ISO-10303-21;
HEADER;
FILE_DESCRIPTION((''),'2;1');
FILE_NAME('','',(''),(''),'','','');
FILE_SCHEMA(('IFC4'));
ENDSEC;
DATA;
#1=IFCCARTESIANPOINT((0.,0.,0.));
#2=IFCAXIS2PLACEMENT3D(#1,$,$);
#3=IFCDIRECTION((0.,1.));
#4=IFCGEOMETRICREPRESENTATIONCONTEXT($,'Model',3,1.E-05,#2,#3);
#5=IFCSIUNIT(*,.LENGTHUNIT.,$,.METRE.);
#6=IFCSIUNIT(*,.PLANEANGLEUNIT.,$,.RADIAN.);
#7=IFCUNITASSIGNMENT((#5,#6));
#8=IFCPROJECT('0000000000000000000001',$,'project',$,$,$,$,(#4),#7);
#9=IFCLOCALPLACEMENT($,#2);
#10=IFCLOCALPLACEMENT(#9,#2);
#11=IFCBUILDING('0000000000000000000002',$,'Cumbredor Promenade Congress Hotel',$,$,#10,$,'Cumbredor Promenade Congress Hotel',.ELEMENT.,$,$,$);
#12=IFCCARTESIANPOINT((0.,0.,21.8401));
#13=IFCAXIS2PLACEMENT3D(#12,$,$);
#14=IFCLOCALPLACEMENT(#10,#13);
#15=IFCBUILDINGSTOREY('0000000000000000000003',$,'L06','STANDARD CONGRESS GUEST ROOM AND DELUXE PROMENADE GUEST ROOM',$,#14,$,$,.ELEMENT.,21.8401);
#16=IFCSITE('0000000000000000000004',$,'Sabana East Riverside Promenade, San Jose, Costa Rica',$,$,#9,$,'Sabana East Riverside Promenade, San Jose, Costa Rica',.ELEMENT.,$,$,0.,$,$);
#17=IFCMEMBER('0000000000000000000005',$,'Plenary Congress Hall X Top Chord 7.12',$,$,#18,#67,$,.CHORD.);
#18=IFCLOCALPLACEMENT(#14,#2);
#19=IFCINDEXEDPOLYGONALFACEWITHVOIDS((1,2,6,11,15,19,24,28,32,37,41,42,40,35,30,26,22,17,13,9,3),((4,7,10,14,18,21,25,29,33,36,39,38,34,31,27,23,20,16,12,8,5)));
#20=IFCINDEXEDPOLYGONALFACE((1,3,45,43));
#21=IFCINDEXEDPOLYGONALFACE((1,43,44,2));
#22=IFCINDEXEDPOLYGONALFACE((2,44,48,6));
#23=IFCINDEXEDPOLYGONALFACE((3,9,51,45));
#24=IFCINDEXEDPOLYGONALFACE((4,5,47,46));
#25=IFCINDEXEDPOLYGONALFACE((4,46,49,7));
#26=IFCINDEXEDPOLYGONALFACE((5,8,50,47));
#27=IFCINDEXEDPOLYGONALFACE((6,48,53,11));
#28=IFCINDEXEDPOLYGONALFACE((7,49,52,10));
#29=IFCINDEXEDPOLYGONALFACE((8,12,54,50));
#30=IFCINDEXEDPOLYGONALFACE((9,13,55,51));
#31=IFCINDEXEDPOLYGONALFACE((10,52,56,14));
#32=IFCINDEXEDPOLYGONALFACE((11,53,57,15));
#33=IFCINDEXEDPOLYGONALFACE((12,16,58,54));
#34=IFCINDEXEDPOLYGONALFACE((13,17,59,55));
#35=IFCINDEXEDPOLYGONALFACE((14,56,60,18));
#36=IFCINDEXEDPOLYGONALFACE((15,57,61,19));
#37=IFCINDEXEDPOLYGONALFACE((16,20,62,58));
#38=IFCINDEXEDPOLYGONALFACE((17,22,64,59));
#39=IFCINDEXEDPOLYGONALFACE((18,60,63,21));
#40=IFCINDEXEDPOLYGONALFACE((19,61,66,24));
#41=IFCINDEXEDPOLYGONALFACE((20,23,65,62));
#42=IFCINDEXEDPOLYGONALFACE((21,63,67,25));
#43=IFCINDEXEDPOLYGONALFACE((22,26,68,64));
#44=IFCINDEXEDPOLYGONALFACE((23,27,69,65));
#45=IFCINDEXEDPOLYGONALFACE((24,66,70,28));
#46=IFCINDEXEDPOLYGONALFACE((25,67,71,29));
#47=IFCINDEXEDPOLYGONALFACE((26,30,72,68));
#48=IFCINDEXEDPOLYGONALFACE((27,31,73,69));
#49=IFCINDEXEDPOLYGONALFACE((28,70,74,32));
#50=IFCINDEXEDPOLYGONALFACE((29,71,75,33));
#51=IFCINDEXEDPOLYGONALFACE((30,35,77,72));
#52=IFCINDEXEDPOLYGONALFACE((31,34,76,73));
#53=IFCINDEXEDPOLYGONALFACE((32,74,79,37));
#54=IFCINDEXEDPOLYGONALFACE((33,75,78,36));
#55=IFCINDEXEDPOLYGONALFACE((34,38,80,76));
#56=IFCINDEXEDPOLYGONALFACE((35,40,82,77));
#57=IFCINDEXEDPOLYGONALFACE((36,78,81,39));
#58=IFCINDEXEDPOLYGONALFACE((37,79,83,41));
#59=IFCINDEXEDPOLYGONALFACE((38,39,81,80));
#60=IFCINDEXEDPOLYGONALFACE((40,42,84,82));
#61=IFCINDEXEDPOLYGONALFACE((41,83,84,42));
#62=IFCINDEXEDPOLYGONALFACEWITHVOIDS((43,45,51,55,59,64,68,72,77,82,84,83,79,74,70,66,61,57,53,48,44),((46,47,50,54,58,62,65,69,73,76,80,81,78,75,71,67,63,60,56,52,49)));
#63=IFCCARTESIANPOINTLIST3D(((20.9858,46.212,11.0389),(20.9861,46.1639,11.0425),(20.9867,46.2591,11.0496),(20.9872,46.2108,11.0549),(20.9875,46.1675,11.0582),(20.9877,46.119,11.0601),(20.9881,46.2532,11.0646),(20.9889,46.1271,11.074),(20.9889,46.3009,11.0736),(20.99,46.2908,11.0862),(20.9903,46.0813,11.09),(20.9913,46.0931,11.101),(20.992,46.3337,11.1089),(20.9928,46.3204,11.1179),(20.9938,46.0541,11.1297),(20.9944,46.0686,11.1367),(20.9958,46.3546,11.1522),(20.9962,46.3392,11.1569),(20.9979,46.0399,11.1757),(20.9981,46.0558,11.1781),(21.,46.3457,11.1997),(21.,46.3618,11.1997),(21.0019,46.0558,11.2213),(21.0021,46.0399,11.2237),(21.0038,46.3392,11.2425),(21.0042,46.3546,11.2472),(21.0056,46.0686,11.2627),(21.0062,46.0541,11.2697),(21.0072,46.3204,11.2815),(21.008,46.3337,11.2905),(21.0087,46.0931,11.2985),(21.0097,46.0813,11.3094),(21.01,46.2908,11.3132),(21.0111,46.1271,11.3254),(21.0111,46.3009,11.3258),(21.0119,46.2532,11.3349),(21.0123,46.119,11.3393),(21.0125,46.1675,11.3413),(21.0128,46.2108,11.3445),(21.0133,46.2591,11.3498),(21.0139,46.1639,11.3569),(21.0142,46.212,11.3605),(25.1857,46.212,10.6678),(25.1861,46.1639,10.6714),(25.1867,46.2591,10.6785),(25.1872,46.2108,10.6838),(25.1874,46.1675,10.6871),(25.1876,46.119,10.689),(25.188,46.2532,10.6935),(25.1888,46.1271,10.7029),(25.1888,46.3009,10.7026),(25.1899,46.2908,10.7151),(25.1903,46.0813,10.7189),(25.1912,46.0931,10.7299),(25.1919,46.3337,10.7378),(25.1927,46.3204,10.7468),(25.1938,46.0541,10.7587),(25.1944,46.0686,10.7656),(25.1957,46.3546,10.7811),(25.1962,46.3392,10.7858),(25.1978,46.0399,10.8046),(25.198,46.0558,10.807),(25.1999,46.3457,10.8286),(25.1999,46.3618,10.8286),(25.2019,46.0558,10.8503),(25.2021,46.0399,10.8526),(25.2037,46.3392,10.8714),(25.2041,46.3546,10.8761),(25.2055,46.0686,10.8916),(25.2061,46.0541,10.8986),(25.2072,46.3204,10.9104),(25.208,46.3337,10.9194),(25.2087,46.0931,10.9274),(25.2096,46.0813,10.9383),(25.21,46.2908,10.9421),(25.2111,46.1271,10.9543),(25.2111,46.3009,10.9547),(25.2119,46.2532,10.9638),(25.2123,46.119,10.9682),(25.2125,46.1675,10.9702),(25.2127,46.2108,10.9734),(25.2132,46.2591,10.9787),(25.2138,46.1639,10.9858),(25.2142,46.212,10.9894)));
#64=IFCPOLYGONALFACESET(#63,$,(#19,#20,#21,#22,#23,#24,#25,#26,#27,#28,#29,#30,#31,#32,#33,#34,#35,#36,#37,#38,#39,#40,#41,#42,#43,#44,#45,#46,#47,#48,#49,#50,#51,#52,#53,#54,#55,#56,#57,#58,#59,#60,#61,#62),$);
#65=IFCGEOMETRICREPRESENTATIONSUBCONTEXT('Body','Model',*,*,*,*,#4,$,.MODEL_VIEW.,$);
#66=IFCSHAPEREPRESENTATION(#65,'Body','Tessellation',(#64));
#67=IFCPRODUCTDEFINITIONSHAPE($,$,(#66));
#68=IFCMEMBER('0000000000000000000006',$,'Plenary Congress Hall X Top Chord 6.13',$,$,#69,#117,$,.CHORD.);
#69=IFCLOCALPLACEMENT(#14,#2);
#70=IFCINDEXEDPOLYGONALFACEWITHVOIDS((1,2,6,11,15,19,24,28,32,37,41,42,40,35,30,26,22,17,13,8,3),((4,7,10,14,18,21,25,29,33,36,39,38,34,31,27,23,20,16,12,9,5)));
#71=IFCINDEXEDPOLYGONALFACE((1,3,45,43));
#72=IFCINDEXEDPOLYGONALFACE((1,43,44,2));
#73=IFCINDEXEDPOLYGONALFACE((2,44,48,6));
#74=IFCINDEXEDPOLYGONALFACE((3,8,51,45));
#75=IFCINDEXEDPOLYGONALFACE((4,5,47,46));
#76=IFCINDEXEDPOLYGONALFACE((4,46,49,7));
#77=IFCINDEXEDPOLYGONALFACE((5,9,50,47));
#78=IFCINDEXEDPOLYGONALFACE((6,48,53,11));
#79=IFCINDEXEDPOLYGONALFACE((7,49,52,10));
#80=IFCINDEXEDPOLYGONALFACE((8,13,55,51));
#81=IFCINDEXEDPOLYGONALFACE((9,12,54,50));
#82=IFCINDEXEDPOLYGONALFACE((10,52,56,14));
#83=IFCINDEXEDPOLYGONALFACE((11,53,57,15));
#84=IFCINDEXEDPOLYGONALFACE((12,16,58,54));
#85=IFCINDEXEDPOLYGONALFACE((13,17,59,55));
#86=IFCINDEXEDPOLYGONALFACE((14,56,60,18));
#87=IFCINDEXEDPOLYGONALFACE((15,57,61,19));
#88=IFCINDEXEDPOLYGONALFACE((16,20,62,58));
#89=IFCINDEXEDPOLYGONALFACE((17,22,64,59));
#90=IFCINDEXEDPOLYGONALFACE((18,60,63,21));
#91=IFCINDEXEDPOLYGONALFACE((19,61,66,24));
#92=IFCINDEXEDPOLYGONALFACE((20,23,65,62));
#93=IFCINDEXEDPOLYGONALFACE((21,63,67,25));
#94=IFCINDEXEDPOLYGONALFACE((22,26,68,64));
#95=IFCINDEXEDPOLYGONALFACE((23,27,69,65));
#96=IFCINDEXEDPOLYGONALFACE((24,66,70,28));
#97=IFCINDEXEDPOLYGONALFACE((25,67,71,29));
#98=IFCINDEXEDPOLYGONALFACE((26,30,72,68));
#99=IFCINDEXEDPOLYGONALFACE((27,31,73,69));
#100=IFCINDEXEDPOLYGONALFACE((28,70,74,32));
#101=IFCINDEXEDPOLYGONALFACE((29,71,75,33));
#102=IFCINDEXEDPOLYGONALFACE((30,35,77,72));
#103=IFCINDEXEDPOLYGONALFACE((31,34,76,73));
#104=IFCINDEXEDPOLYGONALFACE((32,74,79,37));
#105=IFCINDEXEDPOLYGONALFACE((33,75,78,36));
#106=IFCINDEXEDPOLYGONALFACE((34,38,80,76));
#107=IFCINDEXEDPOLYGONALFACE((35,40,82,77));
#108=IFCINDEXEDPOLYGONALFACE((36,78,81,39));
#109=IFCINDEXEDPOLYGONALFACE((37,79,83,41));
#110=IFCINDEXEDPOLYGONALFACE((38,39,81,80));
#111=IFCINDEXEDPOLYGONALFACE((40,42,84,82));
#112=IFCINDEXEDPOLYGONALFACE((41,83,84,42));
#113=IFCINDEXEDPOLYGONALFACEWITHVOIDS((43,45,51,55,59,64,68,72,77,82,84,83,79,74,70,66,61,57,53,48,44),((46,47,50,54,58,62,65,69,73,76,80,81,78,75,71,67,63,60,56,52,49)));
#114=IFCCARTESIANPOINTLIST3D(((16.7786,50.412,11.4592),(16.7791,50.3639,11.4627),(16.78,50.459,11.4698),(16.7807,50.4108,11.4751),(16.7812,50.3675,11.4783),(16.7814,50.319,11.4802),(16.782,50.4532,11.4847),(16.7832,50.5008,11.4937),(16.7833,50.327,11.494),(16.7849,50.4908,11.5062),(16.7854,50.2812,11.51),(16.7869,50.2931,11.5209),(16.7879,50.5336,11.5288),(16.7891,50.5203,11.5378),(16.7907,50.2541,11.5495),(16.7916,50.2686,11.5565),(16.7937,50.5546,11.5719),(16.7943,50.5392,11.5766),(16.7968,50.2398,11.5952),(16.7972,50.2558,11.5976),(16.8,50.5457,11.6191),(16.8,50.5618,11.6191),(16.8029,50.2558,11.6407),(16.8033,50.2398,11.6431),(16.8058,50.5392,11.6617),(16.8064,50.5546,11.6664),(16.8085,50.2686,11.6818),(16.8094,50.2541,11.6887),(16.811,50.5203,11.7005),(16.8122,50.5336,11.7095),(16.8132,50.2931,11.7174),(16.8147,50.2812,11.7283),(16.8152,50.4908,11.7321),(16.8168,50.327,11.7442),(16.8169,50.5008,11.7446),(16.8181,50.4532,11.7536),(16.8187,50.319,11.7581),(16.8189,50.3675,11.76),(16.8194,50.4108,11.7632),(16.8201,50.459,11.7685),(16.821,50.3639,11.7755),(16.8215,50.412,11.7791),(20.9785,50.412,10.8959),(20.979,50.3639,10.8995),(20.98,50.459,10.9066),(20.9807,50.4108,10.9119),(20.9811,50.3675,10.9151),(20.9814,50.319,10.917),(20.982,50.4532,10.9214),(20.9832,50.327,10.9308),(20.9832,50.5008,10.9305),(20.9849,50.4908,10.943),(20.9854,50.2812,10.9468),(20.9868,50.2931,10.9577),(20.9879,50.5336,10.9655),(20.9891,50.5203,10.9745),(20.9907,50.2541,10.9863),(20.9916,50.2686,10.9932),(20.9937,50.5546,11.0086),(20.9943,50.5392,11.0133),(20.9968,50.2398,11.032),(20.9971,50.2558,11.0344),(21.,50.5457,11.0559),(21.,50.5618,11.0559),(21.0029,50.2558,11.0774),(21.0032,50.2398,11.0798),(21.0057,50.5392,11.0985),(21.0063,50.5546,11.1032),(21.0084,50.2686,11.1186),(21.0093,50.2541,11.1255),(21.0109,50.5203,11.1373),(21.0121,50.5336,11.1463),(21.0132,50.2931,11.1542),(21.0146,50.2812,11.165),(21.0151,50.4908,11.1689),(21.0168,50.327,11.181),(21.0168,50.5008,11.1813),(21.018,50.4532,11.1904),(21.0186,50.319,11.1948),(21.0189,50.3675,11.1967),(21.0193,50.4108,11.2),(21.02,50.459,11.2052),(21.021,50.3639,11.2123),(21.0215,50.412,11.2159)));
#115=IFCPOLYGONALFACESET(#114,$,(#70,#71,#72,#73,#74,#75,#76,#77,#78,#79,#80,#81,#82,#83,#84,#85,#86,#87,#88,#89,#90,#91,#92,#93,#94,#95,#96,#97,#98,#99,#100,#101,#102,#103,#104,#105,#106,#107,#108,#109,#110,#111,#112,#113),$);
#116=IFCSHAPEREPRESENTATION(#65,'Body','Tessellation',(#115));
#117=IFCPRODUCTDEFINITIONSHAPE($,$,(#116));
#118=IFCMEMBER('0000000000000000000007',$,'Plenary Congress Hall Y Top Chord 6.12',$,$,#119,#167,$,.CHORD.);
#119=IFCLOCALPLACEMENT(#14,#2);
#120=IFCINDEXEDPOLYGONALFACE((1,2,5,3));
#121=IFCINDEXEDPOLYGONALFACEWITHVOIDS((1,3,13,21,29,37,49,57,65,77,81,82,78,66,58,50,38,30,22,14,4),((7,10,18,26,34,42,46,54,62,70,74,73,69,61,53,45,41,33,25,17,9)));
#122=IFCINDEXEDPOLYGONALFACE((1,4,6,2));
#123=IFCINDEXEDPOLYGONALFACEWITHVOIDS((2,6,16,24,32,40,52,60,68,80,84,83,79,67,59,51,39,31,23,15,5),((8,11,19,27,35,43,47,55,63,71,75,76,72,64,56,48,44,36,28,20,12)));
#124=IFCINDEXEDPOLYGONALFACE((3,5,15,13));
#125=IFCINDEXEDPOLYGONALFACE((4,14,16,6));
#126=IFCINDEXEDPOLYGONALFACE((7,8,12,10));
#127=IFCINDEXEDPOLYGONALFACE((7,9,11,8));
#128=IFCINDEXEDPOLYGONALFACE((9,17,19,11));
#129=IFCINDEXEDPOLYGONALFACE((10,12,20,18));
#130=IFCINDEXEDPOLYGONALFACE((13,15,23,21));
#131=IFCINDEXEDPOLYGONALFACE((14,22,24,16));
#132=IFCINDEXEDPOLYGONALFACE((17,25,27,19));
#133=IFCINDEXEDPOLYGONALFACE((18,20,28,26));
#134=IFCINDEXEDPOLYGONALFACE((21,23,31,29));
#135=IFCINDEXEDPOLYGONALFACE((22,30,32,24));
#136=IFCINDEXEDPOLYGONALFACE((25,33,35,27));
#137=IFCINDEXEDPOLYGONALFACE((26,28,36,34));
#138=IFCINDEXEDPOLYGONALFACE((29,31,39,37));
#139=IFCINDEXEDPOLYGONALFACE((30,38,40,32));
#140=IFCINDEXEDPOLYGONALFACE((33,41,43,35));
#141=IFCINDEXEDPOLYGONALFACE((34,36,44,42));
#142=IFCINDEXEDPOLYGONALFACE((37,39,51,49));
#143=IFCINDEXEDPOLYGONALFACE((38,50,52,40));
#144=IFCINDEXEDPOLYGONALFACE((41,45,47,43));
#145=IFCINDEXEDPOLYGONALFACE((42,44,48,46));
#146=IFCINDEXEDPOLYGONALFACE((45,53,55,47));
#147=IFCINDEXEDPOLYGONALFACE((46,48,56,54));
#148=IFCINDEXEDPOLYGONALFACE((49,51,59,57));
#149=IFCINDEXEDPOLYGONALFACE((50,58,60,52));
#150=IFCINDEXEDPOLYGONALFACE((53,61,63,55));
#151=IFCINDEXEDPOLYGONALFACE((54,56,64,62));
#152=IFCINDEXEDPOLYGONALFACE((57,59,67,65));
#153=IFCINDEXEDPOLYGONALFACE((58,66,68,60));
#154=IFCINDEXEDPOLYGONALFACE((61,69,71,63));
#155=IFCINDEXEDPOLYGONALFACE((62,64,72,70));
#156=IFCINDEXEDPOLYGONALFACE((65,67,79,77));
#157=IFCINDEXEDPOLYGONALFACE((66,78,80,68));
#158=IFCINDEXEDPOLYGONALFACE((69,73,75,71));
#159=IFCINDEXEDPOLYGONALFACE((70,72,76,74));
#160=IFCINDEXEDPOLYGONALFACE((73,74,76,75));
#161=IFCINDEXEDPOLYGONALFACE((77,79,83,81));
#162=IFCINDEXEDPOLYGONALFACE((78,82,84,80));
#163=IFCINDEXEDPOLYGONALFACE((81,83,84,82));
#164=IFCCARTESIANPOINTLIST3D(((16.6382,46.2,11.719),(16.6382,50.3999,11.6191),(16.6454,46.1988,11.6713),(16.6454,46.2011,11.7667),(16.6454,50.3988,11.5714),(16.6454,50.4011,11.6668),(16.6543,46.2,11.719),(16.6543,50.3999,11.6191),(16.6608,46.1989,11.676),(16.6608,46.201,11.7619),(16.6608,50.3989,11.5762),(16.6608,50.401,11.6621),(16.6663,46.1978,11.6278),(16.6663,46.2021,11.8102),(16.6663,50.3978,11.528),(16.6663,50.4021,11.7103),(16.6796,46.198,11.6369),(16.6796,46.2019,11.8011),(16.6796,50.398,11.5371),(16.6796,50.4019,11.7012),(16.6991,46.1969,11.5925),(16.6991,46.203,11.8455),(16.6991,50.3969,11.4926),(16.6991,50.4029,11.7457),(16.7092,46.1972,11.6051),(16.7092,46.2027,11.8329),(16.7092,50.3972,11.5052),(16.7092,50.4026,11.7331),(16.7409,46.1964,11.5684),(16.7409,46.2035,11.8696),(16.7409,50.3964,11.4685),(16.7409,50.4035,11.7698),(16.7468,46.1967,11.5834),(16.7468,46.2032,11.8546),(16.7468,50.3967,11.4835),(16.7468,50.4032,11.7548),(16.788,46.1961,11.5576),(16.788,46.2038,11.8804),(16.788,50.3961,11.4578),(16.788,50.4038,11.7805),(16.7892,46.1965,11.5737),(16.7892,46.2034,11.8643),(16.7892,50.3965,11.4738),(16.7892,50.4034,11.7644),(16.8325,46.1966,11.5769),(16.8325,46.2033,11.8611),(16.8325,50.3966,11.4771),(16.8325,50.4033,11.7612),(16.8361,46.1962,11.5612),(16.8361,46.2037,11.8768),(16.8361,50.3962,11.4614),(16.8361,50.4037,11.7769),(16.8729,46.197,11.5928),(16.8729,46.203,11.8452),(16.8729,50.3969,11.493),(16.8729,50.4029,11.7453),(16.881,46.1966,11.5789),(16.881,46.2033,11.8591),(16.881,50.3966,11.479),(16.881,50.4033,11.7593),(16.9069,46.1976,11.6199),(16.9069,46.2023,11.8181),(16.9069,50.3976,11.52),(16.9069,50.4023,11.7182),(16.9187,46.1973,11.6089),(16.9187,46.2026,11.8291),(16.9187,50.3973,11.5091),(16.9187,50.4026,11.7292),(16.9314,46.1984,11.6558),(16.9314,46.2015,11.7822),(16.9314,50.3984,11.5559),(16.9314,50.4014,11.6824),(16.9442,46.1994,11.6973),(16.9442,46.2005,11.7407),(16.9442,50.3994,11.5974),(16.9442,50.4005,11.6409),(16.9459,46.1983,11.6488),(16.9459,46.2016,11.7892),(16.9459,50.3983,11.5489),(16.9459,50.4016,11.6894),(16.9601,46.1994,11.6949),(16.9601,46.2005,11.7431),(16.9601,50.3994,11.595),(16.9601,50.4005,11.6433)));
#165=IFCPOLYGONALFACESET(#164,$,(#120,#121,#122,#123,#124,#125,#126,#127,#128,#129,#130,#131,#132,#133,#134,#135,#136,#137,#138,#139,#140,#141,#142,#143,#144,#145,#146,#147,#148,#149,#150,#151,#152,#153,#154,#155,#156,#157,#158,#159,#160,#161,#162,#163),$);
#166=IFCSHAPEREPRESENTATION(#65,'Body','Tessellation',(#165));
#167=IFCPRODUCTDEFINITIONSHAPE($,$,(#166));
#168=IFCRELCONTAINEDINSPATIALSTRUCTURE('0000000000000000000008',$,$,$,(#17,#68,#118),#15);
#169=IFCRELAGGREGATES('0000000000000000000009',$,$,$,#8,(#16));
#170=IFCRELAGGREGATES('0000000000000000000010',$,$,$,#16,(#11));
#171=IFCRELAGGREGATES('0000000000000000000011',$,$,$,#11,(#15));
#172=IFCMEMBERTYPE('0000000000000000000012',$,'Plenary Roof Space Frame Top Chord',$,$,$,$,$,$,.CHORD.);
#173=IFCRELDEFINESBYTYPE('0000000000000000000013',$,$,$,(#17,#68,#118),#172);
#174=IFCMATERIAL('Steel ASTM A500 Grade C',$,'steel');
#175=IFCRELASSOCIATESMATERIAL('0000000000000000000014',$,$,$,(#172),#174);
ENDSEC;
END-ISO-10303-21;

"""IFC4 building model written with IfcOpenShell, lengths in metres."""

from ifc_helpers import new_model, si_unit, direction, frame, origin, origin_2d, place, context, subcontext, project, spatial, hollow_circle, extrude, material, material_profile, profile_set, type_object, element, save


model = new_model("IFC4")

# Units and contexts
model_context = context("Model", 3, precision=1e-05, world=origin(), true_north=direction((0.0, 1.0)))
body_context = subcontext(model_context, "Body", "Model", "MODEL_VIEW")
ifc_project = project(units=[si_unit("LENGTHUNIT", "METRE"), si_unit("PLANEANGLEUNIT", "RADIAN")], contexts=[model_context])

# Site, building, storey
site_placement = place(None, origin())
site = spatial("IfcSite", under=ifc_project, at=site_placement, Name="Sabana East Riverside Promenade, San Jose, Costa Rica", LongName="Sabana East Riverside Promenade, San Jose, Costa Rica", CompositionType="ELEMENT", RefElevation=0.0)
building_placement = place(site_placement, origin())
building = spatial("IfcBuilding", under=site, at=building_placement, Name="Cumbredor Promenade Congress Hotel", LongName="Cumbredor Promenade Congress Hotel", CompositionType="ELEMENT")
storey_placement = place(building_placement, frame((0.0, 0.0, 21.8401)))
storey = spatial("IfcBuildingStorey", under=building, at=storey_placement, Name="L06", Description="STANDARD CONGRESS GUEST ROOM AND DELUXE PROMENADE GUEST ROOM", CompositionType="ELEMENT", Elevation=21.8401)

# Members
ifc_material_1 = material(Name="Steel ASTM A500 Grade C", Category="steel")
ifc_material_profile_1 = material_profile(ifc_material_1, hollow_circle(Radius=0.1619, WallThickness=0.0161, at=origin_2d()), Name="CHS 323.9x16")
ifc_profile_set_1 = profile_set([ifc_material_profile_1], Name="Steel ASTM A500 Grade C")
member_type_1 = type_object("IfcMemberType", Name="Plenary Roof Space Frame Top Chord", PredefinedType="CHORD", material=ifc_profile_set_1)
member_1_placement = place(storey_placement, frame((21.0, 46.2, 11.1997), z_axis=(0.996119, 0.0, -0.088014), x_axis=(0.0, 1.0, 0.0)))
element("IfcMember", 1, at=member_1_placement, inside=storey, type_object=member_type_1, Name="Plenary Congress Hall X Top Chord 7.12", PredefinedType="CHORD", context=body_context, shape_type="SweptSolid", body=[
    extrude(hollow_circle(Radius=0.1619, WallThickness=0.0161, at=origin_2d()), origin(), (0.0, 0.0, 1.0), 4.2163),
])
member_2_placement = place(storey_placement, frame((16.8, 50.3999, 11.6191), z_axis=(0.991127, 0.0, -0.132915), x_axis=(0.0, 1.0, 0.0)))
element("IfcMember", 2, at=member_2_placement, inside=storey, type_object=member_type_1, Name="Plenary Congress Hall X Top Chord 6.13", PredefinedType="CHORD", context=body_context, shape_type="SweptSolid", body=[
    extrude(hollow_circle(Radius=0.1619, WallThickness=0.0161, at=origin_2d()), origin(), (0.0, 0.0, 1.0), 4.2375),
])
member_3_placement = place(storey_placement, frame((16.8, 46.2, 11.719), z_axis=(0.0, 0.999717, -0.023768), x_axis=(-1.0, 0.0, 0.0)))
element("IfcMember", 3, at=member_3_placement, inside=storey, type_object=member_type_1, Name="Plenary Congress Hall Y Top Chord 6.12", PredefinedType="CHORD", context=body_context, shape_type="SweptSolid", body=[
    extrude(hollow_circle(Radius=0.1619, WallThickness=0.0161, at=origin_2d()), origin(), (0.0, 0.0, 1.0), 4.2012),
])

save(model, "model.ifc")
